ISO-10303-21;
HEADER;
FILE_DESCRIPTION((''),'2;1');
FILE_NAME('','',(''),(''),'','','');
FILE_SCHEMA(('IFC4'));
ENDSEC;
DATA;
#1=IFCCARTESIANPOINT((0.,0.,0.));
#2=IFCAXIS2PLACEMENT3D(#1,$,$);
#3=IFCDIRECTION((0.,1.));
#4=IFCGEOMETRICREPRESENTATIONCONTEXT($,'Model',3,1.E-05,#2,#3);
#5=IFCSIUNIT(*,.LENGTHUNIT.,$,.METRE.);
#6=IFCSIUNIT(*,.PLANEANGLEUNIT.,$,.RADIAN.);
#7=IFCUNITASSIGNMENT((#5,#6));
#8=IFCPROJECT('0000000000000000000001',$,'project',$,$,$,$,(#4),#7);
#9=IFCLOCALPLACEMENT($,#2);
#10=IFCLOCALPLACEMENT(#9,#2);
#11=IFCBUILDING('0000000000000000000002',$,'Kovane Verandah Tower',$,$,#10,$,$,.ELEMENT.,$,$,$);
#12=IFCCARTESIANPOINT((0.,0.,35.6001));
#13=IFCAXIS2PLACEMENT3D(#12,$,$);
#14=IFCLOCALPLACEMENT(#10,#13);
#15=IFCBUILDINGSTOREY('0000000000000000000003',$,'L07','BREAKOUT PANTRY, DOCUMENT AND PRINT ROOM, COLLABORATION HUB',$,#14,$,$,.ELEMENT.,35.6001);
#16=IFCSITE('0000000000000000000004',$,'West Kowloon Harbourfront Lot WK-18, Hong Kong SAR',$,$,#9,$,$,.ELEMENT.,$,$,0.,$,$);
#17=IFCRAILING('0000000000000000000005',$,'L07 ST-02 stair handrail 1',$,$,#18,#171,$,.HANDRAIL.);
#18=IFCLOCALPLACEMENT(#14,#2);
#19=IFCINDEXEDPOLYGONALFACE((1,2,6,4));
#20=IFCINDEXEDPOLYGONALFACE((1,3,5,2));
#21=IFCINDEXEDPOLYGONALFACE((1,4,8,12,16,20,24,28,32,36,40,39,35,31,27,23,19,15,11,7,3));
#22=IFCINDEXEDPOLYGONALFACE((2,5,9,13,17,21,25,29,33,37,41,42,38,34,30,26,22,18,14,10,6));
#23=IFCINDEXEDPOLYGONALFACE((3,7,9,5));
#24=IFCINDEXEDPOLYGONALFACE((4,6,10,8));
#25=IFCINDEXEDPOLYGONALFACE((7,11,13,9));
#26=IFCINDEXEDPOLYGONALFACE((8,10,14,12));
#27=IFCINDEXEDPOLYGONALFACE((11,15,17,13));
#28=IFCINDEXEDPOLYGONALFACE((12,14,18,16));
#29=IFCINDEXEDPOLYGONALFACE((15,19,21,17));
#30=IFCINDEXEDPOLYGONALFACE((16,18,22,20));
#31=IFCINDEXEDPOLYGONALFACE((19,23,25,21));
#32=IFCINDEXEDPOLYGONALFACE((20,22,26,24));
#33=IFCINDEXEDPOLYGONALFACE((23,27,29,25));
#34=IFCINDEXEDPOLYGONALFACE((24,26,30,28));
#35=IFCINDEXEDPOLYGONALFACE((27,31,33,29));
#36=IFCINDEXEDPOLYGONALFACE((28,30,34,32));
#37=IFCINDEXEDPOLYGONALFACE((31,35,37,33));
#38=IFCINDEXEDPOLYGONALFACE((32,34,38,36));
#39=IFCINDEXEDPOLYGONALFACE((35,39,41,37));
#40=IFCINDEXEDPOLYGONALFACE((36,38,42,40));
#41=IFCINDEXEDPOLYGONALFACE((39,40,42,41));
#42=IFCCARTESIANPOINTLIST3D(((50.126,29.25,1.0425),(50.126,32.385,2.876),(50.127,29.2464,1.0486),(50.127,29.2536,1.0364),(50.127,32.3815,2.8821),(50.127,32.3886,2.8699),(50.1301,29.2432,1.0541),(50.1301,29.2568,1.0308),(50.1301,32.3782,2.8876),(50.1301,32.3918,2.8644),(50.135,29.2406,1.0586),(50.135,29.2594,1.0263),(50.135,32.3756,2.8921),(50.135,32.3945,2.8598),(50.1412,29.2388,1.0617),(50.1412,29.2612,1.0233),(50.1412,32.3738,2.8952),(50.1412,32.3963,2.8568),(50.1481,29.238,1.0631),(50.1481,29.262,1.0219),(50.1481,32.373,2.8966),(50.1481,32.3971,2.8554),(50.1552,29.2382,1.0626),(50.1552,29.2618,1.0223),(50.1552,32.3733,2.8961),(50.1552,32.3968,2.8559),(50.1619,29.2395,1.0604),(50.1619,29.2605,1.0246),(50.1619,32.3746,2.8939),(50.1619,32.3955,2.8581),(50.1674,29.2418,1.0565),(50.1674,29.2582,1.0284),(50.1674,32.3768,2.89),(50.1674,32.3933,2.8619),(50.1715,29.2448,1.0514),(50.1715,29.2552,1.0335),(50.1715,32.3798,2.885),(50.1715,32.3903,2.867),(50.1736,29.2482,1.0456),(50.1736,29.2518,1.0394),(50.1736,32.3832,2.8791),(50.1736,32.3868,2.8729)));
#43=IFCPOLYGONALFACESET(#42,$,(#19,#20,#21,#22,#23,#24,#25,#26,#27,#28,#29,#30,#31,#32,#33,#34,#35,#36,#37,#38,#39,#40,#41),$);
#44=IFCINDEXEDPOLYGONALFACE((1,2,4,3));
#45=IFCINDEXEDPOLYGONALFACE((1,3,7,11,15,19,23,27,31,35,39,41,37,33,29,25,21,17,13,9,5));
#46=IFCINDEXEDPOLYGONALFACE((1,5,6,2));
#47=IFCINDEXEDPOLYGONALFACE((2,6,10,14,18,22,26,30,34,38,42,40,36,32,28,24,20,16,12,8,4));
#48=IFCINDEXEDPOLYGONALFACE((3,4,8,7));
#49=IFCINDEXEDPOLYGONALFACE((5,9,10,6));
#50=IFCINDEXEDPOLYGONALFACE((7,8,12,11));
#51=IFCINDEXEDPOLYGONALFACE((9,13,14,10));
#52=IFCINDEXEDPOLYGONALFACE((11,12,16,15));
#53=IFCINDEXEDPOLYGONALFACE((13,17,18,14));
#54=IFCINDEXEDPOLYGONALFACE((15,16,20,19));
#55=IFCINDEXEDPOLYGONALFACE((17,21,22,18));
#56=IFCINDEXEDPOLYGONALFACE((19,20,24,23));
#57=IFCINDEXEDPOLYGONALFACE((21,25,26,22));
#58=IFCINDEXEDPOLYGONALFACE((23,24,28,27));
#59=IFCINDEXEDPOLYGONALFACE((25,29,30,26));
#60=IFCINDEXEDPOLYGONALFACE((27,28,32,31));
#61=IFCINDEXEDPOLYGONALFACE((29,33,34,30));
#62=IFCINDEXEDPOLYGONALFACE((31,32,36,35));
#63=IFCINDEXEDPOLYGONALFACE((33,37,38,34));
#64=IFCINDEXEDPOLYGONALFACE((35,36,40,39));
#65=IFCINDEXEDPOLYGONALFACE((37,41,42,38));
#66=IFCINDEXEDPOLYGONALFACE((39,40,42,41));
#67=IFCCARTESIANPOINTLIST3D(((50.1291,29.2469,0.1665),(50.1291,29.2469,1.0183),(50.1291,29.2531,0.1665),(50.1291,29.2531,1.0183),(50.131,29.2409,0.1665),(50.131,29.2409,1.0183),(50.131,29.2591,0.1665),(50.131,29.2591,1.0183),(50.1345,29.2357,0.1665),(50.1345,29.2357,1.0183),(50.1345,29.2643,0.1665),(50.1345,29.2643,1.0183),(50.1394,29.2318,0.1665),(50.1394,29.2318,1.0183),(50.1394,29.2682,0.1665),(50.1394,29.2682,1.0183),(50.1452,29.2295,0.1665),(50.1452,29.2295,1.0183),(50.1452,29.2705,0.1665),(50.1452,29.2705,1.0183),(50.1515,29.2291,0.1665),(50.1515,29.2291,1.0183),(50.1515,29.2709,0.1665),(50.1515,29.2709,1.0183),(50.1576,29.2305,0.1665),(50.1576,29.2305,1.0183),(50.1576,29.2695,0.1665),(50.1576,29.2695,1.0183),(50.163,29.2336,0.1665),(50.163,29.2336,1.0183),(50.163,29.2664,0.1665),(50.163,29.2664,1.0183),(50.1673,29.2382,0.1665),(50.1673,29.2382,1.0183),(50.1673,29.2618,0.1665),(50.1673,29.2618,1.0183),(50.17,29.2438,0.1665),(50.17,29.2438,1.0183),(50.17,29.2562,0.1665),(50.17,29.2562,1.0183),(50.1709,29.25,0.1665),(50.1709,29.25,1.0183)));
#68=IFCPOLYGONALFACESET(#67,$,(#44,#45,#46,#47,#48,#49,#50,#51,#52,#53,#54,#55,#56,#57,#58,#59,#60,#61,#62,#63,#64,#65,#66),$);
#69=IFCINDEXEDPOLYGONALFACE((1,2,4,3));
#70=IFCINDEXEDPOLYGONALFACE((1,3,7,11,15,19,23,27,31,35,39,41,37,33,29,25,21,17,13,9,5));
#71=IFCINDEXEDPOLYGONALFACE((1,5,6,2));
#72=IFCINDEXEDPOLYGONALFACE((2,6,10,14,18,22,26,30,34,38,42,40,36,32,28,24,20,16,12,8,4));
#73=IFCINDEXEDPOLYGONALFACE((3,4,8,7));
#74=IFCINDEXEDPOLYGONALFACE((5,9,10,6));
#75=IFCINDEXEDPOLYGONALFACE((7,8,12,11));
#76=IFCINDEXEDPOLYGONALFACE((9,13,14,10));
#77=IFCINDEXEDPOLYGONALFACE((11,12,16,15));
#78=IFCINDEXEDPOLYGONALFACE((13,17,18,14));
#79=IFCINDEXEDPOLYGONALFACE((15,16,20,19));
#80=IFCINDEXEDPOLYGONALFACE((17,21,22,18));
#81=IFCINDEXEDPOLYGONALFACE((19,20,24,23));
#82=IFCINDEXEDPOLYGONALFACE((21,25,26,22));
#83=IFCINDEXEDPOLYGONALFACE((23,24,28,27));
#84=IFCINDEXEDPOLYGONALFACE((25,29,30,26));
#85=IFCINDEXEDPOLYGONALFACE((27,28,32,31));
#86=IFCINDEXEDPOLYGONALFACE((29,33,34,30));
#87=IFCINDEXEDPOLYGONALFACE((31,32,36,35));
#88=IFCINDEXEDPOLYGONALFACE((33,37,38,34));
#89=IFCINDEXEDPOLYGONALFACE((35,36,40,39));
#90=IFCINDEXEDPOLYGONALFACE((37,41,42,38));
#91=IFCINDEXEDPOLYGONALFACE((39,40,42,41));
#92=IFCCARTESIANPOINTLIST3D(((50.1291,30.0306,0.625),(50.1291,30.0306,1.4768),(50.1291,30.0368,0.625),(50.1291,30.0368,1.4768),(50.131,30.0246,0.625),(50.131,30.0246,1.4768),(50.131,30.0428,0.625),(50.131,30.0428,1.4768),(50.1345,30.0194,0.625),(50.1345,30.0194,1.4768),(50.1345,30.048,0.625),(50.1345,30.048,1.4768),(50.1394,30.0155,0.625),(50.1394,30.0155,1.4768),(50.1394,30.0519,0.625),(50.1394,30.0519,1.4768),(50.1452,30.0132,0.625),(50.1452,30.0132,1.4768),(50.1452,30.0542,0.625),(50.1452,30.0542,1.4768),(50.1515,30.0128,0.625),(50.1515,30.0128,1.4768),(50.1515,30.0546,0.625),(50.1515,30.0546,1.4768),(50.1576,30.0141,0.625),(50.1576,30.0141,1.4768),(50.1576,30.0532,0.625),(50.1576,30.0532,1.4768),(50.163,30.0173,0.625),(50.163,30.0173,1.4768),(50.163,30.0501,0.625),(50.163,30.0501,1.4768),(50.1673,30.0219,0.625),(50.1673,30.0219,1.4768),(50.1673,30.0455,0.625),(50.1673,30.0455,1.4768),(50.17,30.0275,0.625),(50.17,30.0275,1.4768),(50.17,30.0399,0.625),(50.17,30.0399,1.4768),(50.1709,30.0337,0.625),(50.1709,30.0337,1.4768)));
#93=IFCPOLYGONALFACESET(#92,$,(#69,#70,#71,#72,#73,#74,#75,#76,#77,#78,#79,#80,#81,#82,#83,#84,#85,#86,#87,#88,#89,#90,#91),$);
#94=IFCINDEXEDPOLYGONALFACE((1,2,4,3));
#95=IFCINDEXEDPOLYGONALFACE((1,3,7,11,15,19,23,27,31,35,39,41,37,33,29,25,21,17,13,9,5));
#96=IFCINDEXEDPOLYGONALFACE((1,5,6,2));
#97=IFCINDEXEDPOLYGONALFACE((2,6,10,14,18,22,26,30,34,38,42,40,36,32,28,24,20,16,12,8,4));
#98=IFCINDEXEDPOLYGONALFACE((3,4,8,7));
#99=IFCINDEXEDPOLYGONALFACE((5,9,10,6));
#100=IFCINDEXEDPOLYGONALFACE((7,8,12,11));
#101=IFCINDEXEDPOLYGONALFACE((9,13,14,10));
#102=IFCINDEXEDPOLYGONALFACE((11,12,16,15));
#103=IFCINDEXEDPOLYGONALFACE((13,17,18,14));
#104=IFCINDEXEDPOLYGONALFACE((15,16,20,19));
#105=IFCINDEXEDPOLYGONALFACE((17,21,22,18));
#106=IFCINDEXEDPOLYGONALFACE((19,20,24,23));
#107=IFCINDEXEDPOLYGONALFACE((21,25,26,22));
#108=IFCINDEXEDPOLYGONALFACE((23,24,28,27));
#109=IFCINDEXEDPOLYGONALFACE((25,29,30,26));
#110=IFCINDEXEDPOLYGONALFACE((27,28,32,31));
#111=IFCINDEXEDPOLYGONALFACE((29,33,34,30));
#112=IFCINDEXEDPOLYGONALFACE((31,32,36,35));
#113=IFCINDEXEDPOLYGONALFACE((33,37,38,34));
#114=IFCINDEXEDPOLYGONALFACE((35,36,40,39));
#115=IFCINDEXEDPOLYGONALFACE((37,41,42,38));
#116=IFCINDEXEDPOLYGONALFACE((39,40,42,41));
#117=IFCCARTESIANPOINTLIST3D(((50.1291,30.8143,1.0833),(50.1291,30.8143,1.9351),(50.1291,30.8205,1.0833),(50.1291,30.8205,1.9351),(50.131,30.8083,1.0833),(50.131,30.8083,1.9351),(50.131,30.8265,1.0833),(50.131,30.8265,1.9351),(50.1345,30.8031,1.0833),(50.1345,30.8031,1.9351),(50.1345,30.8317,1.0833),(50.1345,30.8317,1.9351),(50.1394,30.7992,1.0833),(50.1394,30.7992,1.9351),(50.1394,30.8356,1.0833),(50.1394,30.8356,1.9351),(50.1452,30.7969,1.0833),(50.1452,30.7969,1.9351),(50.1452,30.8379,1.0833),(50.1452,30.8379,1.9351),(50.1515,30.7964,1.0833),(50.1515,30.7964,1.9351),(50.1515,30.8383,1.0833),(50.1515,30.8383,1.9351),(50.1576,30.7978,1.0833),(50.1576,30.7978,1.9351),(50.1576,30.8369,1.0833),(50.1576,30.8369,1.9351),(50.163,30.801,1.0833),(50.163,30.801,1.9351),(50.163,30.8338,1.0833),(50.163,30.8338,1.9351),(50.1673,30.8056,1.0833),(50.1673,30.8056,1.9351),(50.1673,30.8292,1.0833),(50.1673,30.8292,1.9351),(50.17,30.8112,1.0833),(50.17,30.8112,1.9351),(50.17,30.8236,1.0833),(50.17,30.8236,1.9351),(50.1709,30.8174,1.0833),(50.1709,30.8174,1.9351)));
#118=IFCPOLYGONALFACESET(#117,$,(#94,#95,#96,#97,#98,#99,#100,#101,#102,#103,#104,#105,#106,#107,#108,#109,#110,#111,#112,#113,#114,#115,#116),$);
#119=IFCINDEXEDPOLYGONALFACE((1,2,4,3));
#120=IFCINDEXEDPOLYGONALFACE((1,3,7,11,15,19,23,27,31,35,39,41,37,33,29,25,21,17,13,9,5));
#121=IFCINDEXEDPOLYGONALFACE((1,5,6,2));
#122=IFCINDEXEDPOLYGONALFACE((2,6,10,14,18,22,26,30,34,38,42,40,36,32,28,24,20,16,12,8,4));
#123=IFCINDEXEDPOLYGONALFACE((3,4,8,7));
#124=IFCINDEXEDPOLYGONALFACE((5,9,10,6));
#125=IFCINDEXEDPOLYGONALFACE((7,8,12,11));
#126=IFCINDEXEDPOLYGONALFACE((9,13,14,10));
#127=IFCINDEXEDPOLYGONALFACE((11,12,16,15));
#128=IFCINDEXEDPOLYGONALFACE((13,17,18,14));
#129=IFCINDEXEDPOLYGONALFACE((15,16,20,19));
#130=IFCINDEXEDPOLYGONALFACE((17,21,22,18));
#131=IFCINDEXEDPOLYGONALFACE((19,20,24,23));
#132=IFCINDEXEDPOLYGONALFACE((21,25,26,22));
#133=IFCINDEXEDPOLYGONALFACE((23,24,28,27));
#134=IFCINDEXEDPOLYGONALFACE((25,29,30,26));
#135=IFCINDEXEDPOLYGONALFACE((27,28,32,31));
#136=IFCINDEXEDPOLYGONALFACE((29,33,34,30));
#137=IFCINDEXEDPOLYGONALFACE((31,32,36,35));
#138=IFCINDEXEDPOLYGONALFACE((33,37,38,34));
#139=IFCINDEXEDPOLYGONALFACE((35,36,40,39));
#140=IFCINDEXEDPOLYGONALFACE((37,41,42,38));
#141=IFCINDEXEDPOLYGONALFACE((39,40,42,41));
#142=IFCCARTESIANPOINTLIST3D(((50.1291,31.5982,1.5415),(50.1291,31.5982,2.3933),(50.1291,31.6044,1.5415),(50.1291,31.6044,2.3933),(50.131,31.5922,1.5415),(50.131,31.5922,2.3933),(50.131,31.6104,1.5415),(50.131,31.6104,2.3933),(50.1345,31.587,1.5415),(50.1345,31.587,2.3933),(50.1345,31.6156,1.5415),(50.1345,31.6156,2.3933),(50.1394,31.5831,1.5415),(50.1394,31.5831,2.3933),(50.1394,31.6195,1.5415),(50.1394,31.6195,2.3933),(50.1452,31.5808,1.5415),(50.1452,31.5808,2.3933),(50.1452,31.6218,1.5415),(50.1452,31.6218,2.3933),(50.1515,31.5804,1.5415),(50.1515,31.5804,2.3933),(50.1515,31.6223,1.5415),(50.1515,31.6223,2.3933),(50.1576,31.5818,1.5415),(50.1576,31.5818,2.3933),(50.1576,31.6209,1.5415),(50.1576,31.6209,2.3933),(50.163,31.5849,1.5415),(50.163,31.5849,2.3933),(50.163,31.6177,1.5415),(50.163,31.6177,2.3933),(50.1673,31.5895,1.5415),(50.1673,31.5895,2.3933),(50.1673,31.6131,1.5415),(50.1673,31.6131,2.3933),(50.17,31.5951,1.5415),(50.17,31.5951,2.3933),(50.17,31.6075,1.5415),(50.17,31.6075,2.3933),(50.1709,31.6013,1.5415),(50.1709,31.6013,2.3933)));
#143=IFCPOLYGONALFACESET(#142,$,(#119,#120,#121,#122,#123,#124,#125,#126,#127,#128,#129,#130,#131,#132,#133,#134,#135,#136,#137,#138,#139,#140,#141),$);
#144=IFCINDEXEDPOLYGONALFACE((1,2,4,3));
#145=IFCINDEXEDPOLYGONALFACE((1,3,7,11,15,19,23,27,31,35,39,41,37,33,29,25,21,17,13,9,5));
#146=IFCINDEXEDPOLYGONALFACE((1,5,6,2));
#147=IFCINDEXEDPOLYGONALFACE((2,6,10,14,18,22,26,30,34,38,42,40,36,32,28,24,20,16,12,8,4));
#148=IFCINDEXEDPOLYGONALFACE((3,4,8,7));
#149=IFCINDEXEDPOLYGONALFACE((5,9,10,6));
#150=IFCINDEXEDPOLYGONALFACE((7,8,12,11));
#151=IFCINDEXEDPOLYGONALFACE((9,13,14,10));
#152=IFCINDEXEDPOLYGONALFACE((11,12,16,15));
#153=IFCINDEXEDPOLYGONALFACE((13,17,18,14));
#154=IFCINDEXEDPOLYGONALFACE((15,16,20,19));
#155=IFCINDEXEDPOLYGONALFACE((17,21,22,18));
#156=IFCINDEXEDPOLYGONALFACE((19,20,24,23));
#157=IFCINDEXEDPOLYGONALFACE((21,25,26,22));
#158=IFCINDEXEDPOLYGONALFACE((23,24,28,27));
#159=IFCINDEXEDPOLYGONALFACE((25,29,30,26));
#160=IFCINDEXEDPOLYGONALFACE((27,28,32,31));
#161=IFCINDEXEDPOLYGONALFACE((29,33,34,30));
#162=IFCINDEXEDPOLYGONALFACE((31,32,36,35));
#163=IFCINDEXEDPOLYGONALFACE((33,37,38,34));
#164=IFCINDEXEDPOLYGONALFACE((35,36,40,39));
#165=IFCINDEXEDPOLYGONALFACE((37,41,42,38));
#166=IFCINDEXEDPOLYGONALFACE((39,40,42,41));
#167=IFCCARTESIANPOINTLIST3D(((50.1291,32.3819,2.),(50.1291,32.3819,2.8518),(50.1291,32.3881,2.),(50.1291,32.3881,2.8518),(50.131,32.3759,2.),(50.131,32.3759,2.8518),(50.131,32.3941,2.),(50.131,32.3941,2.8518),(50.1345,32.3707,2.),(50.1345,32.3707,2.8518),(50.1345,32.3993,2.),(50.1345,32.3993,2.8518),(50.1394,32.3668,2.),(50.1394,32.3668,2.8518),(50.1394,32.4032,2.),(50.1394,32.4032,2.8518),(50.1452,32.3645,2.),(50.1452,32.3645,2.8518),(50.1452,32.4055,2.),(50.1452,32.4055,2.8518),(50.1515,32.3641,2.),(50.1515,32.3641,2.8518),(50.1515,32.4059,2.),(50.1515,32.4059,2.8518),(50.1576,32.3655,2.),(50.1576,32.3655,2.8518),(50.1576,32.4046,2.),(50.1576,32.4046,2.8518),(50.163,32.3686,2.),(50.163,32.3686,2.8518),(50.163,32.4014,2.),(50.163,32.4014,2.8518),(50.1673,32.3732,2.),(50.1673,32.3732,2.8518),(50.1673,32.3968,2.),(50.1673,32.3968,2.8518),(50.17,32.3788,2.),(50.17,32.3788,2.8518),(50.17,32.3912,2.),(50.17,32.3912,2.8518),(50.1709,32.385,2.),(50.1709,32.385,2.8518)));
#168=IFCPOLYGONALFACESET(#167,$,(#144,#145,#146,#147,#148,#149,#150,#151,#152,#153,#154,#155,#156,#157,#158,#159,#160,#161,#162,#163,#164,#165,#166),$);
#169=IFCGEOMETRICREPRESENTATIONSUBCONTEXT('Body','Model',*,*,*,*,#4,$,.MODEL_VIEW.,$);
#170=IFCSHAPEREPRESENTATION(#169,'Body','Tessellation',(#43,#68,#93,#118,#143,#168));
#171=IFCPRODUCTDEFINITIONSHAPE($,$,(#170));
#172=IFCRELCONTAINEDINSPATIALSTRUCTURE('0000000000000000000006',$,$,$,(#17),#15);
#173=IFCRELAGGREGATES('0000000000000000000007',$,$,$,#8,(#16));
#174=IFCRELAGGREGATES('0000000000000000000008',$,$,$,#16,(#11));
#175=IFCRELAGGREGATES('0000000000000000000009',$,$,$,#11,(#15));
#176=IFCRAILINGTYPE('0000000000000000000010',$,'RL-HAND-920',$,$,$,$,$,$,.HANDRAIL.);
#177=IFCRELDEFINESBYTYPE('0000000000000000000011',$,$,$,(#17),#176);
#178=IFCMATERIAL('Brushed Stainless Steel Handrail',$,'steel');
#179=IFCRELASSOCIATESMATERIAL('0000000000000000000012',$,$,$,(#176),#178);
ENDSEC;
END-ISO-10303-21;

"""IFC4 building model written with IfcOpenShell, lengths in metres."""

from ifc_helpers import new_model, si_unit, direction, frame, origin, origin_2d, place, context, subcontext, project, spatial, circle, extrude, material, type_object, element, save


model = new_model("IFC4")

# Units and contexts
model_context = context("Model", 3, precision=1e-05, world=origin(), true_north=direction((0.0, 1.0)))
body_context = subcontext(model_context, "Body", "Model", "MODEL_VIEW")
ifc_project = project(units=[si_unit("LENGTHUNIT", "METRE"), si_unit("PLANEANGLEUNIT", "RADIAN")], contexts=[model_context])

# Site, building, storey
site_placement = place(None, origin())
site = spatial("IfcSite", under=ifc_project, at=site_placement, Name="West Kowloon Harbourfront Lot WK-18, Hong Kong SAR", CompositionType="ELEMENT", RefElevation=0.0)
building_placement = place(site_placement, origin())
building = spatial("IfcBuilding", under=site, at=building_placement, Name="Kovane Verandah Tower", CompositionType="ELEMENT")
storey_placement = place(building_placement, frame((0.0, 0.0, 35.6001)))
storey = spatial("IfcBuildingStorey", under=building, at=storey_placement, Name="L07", Description="BREAKOUT PANTRY, DOCUMENT AND PRINT ROOM, COLLABORATION HUB", CompositionType="ELEMENT", Elevation=35.6001)

# Railing
ifc_material_1 = material(Name="Brushed Stainless Steel Handrail", Category="steel")
railing_type_1 = type_object("IfcRailingType", Name="RL-HAND-920", PredefinedType="HANDRAIL", material=ifc_material_1)
railing_1_placement = place(storey_placement, frame((50.1499, 29.25, 0.1665)))
element("IfcRailing", 1, at=railing_1_placement, inside=storey, type_object=railing_type_1, Name="L07 ST-02 stair handrail 1", PredefinedType="HANDRAIL", context=body_context, shape_type="SweptSolid", body=[
    extrude(circle(Radius=0.0239, at=origin_2d()), frame((0.0, 0.0, 0.876), z_axis=(0.0, 0.86321, 0.504845), x_axis=(-1.0, 0.0, 0.0)), (0.0, 0.0, 1.0), 3.6318),
    extrude(circle(Radius=0.021, at=origin_2d()), origin(), (0.0, 0.0, 1.0), 0.8518),
    extrude(circle(Radius=0.021, at=origin_2d()), frame((0.0, 0.7837, 0.4585)), (0.0, 0.0, 1.0), 0.8518),
    extrude(circle(Radius=0.021, at=origin_2d()), frame((0.0, 1.5674, 0.9167)), (0.0, 0.0, 1.0), 0.8518),
    extrude(circle(Radius=0.021, at=origin_2d()), frame((0.0, 2.3513, 1.375)), (0.0, 0.0, 1.0), 0.8518),
    extrude(circle(Radius=0.021, at=origin_2d()), frame((0.0, 3.135, 1.8335)), (0.0, 0.0, 1.0), 0.8518),
])

save(model, "model.ifc")
